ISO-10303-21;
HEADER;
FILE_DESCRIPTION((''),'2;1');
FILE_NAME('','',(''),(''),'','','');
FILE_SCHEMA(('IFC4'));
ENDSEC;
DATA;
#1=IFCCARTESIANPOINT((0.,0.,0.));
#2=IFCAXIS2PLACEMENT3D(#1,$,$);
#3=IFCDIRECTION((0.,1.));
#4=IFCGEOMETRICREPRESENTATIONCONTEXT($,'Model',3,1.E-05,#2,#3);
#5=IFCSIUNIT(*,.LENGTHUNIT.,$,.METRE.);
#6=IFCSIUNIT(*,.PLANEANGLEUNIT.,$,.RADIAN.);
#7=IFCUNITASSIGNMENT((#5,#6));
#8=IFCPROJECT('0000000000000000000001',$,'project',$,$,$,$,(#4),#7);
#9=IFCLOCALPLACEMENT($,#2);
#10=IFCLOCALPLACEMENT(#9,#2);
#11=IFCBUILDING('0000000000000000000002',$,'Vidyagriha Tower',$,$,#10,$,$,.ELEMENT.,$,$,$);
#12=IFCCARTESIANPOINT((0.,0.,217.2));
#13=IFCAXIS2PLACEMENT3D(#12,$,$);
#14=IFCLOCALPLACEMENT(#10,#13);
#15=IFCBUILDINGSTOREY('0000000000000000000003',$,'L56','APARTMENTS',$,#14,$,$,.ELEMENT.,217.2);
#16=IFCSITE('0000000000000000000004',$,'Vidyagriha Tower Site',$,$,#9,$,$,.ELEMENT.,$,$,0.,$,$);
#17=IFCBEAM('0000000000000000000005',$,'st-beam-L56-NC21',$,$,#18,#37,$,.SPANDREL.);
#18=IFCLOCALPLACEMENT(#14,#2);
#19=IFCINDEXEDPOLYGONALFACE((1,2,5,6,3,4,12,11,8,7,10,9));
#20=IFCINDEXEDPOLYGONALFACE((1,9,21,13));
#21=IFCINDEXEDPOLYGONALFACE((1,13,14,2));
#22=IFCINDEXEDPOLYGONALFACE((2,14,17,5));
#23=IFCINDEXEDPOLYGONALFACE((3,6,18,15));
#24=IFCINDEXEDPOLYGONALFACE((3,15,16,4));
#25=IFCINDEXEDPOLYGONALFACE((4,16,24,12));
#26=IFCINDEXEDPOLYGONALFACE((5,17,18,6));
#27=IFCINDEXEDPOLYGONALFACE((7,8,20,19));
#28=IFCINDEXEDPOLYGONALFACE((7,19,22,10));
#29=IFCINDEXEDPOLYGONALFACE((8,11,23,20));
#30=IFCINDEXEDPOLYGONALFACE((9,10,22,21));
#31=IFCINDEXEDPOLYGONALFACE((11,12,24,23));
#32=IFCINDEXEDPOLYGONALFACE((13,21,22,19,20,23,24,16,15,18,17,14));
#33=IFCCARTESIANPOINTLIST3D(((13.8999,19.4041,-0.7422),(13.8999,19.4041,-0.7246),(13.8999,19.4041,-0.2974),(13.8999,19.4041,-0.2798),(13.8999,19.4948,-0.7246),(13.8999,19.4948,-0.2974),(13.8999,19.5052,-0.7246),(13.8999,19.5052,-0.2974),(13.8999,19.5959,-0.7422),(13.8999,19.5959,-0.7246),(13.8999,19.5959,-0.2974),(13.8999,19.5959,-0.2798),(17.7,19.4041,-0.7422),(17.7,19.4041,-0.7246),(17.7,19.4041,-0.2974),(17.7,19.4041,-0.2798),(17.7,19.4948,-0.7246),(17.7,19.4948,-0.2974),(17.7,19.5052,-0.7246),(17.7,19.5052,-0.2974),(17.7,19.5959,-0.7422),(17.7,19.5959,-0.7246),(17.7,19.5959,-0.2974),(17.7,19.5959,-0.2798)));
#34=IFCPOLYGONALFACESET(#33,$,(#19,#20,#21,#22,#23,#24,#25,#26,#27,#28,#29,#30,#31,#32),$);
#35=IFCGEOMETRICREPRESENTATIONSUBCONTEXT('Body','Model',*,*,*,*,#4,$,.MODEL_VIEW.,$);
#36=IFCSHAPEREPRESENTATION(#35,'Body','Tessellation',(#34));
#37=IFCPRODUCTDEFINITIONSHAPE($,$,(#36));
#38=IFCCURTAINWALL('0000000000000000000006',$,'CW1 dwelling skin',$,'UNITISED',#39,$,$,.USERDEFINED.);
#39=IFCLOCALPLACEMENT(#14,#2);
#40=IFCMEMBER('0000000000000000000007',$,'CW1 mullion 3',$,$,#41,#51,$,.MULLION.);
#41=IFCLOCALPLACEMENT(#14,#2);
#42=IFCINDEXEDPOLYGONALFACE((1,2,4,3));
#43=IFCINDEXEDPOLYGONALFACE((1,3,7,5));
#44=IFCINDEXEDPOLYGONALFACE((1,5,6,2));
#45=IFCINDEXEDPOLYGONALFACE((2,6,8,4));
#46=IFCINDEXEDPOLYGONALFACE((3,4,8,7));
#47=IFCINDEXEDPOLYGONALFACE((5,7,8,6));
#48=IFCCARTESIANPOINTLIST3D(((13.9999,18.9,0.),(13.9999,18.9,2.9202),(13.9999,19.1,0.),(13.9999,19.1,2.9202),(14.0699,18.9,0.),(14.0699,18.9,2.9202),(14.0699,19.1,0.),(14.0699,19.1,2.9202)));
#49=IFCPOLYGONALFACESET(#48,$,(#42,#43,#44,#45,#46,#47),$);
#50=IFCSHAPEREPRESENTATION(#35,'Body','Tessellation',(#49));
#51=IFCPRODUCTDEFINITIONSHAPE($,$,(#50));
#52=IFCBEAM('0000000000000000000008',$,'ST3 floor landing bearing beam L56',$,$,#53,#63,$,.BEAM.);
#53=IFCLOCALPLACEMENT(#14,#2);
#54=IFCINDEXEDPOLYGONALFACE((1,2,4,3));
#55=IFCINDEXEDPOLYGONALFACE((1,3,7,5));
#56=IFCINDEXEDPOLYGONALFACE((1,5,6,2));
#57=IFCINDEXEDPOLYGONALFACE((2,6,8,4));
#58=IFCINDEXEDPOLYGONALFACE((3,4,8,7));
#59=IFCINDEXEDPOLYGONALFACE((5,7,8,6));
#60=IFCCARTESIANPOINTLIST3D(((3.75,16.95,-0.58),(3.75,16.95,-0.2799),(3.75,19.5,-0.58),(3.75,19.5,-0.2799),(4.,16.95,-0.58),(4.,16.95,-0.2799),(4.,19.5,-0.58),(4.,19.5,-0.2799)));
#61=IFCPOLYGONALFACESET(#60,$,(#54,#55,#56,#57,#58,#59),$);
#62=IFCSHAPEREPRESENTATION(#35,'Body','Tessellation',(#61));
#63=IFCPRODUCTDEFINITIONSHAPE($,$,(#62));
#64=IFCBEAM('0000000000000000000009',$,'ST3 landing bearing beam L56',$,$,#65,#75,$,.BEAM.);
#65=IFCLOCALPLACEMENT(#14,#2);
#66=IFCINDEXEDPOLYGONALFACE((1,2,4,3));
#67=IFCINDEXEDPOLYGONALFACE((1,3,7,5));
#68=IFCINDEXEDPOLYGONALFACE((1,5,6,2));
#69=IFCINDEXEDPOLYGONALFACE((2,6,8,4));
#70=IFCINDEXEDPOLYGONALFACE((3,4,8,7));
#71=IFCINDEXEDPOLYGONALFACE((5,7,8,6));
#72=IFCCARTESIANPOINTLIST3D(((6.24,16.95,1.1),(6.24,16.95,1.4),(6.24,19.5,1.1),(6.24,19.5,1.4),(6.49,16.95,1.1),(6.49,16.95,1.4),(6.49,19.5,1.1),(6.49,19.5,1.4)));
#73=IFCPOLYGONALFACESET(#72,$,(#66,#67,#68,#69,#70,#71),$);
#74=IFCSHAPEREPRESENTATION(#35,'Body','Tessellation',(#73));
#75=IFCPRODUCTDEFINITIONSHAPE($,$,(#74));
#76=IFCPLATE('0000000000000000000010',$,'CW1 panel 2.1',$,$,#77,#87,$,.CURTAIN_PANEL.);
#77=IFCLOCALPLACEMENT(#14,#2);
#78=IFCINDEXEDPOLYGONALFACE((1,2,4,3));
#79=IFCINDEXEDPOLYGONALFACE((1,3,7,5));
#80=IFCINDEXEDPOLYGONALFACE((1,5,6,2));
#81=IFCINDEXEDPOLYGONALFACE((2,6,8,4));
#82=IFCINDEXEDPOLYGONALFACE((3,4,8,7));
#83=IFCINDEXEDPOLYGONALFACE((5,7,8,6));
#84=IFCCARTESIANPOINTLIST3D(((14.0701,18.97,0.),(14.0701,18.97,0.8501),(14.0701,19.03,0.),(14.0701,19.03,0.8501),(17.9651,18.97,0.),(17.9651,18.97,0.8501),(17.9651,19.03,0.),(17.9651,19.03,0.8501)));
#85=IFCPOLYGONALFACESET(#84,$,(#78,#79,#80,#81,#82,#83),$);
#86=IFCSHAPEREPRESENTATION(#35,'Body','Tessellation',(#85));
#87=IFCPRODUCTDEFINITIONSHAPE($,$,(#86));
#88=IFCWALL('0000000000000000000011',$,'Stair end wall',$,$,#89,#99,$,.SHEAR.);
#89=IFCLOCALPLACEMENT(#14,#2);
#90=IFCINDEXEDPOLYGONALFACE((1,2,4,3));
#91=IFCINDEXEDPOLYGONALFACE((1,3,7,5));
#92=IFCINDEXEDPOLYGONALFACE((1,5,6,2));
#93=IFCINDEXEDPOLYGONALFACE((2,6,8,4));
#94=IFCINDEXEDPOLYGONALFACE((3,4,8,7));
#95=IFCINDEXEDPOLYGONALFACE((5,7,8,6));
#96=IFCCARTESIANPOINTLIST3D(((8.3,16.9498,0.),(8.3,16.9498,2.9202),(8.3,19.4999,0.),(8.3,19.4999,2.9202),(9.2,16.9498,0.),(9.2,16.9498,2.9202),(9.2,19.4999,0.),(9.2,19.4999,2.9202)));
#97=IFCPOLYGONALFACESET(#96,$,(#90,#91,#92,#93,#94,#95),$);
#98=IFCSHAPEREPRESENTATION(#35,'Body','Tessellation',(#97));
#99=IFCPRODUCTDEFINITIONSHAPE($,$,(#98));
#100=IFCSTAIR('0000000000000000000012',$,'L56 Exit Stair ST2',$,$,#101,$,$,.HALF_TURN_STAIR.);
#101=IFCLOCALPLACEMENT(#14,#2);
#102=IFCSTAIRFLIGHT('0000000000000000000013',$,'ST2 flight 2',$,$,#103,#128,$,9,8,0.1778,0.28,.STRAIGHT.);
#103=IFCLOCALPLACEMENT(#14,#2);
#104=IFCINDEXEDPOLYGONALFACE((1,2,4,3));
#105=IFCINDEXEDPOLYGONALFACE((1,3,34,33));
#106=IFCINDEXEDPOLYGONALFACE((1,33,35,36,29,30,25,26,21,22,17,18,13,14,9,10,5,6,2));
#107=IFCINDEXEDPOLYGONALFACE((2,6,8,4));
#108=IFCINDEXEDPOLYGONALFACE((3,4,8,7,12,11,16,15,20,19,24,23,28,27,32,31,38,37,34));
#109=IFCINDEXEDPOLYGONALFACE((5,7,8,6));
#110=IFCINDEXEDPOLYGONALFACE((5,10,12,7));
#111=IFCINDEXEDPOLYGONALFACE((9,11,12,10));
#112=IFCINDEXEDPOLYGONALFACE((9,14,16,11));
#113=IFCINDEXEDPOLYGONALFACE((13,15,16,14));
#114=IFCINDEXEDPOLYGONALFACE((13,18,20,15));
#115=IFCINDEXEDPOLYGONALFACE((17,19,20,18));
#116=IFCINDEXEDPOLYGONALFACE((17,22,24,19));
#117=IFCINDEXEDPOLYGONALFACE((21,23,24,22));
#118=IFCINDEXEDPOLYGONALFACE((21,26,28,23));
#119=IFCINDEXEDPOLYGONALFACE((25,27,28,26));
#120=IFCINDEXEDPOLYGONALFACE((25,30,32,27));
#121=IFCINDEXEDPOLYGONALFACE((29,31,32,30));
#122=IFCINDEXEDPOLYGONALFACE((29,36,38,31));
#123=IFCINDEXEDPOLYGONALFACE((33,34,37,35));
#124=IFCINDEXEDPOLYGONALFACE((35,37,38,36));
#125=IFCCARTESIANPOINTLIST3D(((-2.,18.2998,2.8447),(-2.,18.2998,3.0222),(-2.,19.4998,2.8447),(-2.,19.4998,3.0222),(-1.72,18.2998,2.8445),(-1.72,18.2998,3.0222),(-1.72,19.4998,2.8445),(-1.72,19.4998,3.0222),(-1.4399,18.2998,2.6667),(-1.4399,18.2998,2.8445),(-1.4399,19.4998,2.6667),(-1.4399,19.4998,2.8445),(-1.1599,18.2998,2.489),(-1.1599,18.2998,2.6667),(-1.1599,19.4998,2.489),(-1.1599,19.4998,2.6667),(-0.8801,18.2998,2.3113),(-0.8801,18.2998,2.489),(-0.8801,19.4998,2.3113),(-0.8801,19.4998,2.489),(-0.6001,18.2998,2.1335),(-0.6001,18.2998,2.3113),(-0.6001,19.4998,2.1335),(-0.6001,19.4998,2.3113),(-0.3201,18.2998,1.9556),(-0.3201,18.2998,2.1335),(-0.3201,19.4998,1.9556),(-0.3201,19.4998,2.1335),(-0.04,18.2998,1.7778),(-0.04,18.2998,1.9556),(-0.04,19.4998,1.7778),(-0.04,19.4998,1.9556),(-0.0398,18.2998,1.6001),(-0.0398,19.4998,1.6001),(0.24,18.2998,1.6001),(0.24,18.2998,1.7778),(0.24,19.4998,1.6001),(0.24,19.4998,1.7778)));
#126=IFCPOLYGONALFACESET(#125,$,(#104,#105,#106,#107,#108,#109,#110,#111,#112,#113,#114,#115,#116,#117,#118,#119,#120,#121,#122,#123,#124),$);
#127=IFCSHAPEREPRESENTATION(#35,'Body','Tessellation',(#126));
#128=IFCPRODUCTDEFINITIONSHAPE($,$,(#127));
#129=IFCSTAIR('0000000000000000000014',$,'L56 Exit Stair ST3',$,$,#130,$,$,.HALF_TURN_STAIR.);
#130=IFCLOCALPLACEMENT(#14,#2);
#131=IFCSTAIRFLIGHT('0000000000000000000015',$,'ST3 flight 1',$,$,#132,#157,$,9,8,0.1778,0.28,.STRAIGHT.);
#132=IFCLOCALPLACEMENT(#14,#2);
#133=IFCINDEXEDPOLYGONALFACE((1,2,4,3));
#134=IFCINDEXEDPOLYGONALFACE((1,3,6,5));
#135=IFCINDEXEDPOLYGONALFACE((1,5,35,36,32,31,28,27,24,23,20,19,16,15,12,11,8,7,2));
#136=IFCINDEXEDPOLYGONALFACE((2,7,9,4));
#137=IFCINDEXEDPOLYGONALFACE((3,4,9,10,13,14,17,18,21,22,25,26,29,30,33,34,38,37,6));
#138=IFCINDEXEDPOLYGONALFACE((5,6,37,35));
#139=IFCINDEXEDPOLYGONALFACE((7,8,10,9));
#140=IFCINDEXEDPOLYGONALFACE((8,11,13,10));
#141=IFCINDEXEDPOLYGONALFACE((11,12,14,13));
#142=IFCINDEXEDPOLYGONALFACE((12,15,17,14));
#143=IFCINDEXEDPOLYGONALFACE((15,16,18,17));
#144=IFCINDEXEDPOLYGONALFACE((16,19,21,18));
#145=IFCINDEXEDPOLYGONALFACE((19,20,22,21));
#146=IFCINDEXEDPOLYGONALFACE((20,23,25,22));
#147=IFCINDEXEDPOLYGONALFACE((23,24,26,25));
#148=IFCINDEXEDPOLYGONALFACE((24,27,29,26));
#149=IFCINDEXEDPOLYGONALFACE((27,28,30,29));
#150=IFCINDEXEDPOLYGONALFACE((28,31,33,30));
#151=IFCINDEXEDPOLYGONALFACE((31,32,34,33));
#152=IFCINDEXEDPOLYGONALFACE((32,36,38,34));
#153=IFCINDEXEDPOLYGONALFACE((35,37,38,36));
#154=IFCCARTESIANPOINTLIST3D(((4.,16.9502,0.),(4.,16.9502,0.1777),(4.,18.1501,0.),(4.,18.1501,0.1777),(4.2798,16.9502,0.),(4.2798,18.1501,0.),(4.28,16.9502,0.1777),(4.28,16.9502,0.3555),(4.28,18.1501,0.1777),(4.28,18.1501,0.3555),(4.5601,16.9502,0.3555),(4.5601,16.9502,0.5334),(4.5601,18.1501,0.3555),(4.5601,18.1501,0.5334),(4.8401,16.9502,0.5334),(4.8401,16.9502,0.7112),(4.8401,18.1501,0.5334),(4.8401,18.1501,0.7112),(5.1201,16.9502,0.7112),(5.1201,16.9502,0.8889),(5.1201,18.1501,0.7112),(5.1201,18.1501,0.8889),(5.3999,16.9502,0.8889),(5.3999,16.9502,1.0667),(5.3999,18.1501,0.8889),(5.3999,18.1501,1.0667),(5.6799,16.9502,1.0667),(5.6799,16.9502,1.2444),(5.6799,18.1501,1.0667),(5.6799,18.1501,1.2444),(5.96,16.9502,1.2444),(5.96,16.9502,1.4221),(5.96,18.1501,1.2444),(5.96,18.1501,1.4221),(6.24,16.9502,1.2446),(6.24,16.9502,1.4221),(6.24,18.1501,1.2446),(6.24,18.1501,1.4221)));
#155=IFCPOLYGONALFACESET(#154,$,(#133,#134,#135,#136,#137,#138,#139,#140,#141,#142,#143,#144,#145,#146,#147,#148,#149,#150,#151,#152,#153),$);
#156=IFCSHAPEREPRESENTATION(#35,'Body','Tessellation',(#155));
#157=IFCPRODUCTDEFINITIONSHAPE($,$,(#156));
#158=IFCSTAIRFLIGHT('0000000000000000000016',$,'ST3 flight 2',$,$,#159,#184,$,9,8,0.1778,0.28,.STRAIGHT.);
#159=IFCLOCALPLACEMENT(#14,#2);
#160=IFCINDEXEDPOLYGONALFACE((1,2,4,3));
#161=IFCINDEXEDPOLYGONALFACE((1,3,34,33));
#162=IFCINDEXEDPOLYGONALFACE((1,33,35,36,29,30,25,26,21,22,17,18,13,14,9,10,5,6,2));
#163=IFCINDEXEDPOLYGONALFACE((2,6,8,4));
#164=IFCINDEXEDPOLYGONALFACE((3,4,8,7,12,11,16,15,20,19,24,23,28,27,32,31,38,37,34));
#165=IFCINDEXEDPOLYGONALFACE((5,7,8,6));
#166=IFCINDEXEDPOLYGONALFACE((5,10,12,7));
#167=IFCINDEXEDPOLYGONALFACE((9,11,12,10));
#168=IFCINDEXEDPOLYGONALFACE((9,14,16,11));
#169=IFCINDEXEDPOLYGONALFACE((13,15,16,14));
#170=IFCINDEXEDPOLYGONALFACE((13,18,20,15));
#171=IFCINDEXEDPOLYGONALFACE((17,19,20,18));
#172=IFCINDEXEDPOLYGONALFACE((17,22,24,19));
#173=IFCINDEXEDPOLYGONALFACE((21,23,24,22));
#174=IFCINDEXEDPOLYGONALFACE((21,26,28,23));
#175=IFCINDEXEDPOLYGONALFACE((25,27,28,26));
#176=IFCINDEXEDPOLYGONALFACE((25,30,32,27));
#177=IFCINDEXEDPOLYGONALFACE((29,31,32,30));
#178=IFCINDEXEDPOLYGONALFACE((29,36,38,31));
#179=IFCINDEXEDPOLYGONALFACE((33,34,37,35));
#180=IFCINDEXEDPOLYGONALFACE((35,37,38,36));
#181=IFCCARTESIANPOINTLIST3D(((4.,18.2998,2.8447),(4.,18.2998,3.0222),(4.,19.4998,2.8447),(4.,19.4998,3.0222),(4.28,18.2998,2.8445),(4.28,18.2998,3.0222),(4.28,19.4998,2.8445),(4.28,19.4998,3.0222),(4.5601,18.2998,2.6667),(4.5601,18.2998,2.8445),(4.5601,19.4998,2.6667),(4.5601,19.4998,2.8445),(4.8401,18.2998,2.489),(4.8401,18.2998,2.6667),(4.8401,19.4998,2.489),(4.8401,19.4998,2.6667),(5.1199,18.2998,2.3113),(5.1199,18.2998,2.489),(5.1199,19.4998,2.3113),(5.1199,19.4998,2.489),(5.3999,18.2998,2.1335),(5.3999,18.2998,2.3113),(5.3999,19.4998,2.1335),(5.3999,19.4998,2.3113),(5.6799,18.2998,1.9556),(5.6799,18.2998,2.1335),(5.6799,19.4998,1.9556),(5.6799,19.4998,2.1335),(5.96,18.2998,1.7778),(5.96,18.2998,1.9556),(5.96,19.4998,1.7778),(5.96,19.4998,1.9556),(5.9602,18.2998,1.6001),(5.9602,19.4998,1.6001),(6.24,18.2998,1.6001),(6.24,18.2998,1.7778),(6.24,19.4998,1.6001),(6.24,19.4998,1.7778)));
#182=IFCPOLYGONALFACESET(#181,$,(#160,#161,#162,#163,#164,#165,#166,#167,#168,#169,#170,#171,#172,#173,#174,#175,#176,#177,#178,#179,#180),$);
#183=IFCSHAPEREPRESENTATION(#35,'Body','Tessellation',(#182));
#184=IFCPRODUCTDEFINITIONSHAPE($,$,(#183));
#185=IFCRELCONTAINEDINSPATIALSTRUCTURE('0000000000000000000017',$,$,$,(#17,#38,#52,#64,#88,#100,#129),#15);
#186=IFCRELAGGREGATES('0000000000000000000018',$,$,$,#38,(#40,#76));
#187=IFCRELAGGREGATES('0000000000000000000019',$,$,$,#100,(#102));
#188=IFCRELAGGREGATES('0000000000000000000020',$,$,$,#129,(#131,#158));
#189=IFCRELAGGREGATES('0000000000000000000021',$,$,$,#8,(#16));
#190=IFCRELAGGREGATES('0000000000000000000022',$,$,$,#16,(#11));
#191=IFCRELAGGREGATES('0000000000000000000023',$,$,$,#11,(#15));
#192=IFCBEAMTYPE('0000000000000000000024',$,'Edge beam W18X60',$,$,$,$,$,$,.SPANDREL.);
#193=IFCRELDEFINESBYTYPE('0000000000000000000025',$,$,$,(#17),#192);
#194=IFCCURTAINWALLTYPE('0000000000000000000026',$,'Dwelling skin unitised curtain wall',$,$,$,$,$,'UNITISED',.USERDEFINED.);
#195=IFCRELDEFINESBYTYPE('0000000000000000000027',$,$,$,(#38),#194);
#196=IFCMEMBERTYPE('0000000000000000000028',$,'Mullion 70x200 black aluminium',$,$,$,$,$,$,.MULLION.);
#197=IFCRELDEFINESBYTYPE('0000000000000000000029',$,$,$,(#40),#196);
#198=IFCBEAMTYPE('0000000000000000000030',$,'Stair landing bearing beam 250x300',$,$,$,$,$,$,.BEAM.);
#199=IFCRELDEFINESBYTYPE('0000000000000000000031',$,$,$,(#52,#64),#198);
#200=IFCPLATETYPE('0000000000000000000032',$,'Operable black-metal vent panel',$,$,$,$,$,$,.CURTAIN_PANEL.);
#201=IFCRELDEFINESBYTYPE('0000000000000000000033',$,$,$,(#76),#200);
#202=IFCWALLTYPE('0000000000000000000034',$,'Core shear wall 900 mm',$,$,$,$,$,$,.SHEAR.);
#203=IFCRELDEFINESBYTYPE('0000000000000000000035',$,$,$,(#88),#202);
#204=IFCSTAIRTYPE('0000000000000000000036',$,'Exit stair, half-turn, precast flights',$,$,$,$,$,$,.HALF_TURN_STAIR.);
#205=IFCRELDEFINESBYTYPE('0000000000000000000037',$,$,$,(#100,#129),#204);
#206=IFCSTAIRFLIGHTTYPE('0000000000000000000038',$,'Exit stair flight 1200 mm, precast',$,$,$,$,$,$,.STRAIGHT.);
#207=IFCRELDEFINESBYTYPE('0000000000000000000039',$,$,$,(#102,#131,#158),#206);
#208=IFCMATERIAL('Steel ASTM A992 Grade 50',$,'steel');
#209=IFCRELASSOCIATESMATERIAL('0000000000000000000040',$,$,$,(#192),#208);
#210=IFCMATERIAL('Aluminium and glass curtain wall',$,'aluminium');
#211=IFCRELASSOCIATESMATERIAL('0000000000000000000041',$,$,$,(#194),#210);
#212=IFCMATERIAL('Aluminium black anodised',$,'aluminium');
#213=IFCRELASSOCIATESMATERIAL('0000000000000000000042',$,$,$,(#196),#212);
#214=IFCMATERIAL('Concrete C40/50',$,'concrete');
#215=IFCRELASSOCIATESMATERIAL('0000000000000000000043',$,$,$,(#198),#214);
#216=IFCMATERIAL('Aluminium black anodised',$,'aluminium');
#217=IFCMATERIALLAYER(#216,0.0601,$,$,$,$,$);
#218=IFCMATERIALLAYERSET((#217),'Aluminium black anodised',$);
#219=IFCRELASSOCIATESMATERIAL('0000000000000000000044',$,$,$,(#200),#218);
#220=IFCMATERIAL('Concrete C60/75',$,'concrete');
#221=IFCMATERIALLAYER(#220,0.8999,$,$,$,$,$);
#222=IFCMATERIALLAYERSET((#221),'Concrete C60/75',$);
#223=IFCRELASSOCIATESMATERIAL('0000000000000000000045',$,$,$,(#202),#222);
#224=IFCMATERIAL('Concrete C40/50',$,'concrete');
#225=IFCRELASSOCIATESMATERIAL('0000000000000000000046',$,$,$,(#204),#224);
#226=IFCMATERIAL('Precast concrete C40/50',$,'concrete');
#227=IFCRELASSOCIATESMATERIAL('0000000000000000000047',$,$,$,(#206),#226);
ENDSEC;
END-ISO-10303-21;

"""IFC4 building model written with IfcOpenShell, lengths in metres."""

from ifc_helpers import new_model, si_unit, direction, frame, frame_2d, origin, origin_2d, place, context, subcontext, project, spatial, polyline, rectangle, i_section, outline, extrude, material, layer, layer_set, material_profile, profile_set, type_object, element, aggregate, save


model = new_model("IFC4")

# Units and contexts
model_context = context("Model", 3, precision=1e-05, world=origin(), true_north=direction((0.0, 1.0)))
body_context = subcontext(model_context, "Body", "Model", "MODEL_VIEW")
ifc_project = project(units=[si_unit("LENGTHUNIT", "METRE"), si_unit("PLANEANGLEUNIT", "RADIAN")], contexts=[model_context])

# Site, building, storey
site_placement = place(None, origin())
site = spatial("IfcSite", under=ifc_project, at=site_placement, Name="Vidyagriha Tower Site", CompositionType="ELEMENT", RefElevation=0.0)
building_placement = place(site_placement, origin())
building = spatial("IfcBuilding", under=site, at=building_placement, Name="Vidyagriha Tower", CompositionType="ELEMENT")
storey_placement = place(building_placement, frame((0.0, 0.0, 217.2)))
storey = spatial("IfcBuildingStorey", under=building, at=storey_placement, Name="L56", Description="APARTMENTS", CompositionType="ELEMENT", Elevation=217.2)

# Beam
ifc_material_1 = material(Name="Steel ASTM A992 Grade 50", Category="steel")
ifc_material_profile_1 = material_profile(ifc_material_1, i_section(OverallWidth=0.1919, OverallDepth=0.4624, WebThickness=0.0105, FlangeThickness=0.0176, at=origin_2d()), Name="W18X60")
ifc_profile_set_1 = profile_set([ifc_material_profile_1], Name="Steel ASTM A992 Grade 50")
beam_type_1 = type_object("IfcBeamType", Name="Edge beam W18X60", PredefinedType="SPANDREL", material=ifc_profile_set_1)
beam_placement = place(storey_placement, frame((13.8999, 19.5, -0.511), z_axis=(1.0, 0.0, 0.0), x_axis=(0.0, 1.0, 0.0)))
element("IfcBeam", 1, at=beam_placement, inside=storey, type_object=beam_type_1, Name="st-beam-L56-NC21", PredefinedType="SPANDREL", context=body_context, shape_type="SweptSolid", body=[
    extrude(i_section(OverallWidth=0.1919, OverallDepth=0.4624, WebThickness=0.0105, FlangeThickness=0.0176, at=origin_2d()), origin(), (0.0, 0.0, 1.0), 3.8),
])

# Curtain wall, member
ifc_material_2 = material(Name="Aluminium and glass curtain wall", Category="aluminium")
curtain_wall_type = type_object("IfcCurtainWallType", Name="Dwelling skin unitised curtain wall", ElementType="UNITISED", PredefinedType="USERDEFINED", material=ifc_material_2)
curtain_wall_placement = place(storey_placement, origin())
curtain_wall = element("IfcCurtainWall", 2, at=curtain_wall_placement, inside=storey, type_object=curtain_wall_type, Name="CW1 dwelling skin", ObjectType="UNITISED", PredefinedType="USERDEFINED")
ifc_material_3 = material(Name="Aluminium black anodised", Category="aluminium")
ifc_material_profile_2 = material_profile(ifc_material_3, rectangle(XDim=0.2, YDim=0.0701, at=origin_2d()), Name="Mullion 70x200 black aluminium")
ifc_profile_set_2 = profile_set([ifc_material_profile_2], Name="Aluminium black anodised")
member_type = type_object("IfcMemberType", Name="Mullion 70x200 black aluminium", PredefinedType="MULLION", material=ifc_profile_set_2)
member_placement = place(storey_placement, frame((14.0349, 19.0, 0.0), z_axis=(0.0, 0.0, 1.0), x_axis=(0.0, -1.0, 0.0)))
member = element("IfcMember", 3, at=member_placement, type_object=member_type, Name="CW1 mullion 3", PredefinedType="MULLION", context=body_context, shape_type="SweptSolid", body=[
    extrude(rectangle(XDim=0.2, YDim=0.0701, at=origin_2d()), origin(), (0.0, 0.0, 1.0), 2.9202),
])

# Beams
ifc_material_4 = material(Name="Concrete C40/50", Category="concrete")
ifc_material_profile_3 = material_profile(ifc_material_4, rectangle(XDim=0.25, YDim=0.3, at=origin_2d()), Name="Stair landing bearing beam 250x300")
ifc_profile_set_3 = profile_set([ifc_material_profile_3], Name="Concrete C40/50")
beam_type_2 = type_object("IfcBeamType", Name="Stair landing bearing beam 250x300", PredefinedType="BEAM", material=ifc_profile_set_3)
for number, where, z_axis, x_axis, name in (
    (4, (3.875, 16.95, -0.4299), (0.0, 1.0, 0.0), (-1.0, 0.0, 0.0), "ST3 floor landing bearing beam L56"),
    (5, (6.365, 16.95, 1.25), (0.0, 1.0, 0.0), (-1.0, 0.0, 0.0), "ST3 landing bearing beam L56"),
):
    element("IfcBeam", number, at=place(storey_placement, frame(where, z_axis=z_axis, x_axis=x_axis)), inside=storey, type_object=beam_type_2, Name=name, PredefinedType="BEAM", context=body_context, shape_type="SweptSolid", body=[
        extrude(rectangle(XDim=0.25, YDim=0.3, at=origin_2d()), origin(), (0.0, 0.0, 1.0), 2.55),
    ])

# Plate
ifc_material_5 = material(Name="Aluminium black anodised", Category="aluminium")
ifc_layer_1 = layer(ifc_material_5, 0.0601)
ifc_layer_set_1 = layer_set([ifc_layer_1], Name="Aluminium black anodised")
plate_type = type_object("IfcPlateType", Name="Operable black-metal vent panel", PredefinedType="CURTAIN_PANEL", material=ifc_layer_set_1)
plate_placement = place(storey_placement, frame((16.0176, 19.0, 0.0), z_axis=(0.0, 0.0, 1.0), x_axis=(-1.0, 0.0, 0.0)))
plate = element("IfcPlate", 6, at=plate_placement, type_object=plate_type, Name="CW1 panel 2.1", PredefinedType="CURTAIN_PANEL", context=body_context, shape_type="SweptSolid", body=[
    extrude(rectangle(XDim=3.895, YDim=0.0601, at=origin_2d()), origin(), (0.0, 0.0, 1.0), 0.8501),
])
aggregate(curtain_wall, [member, plate])

# Wall
ifc_material_6 = material(Name="Concrete C60/75", Category="concrete")
ifc_layer_2 = layer(ifc_material_6, 0.8999)
ifc_layer_set_2 = layer_set([ifc_layer_2], Name="Concrete C60/75")
wall_type = type_object("IfcWallType", Name="Core shear wall 900 mm", PredefinedType="SHEAR", material=ifc_layer_set_2)
wall_placement = place(storey_placement, frame((8.75, 16.95, 0.0), z_axis=(0.0, 0.0, 1.0), x_axis=(0.0, 1.0, 0.0)))
element("IfcWall", 7, at=wall_placement, inside=storey, type_object=wall_type, Name="Stair end wall", PredefinedType="SHEAR", context=body_context, shape_type="SweptSolid", body=[
    extrude(rectangle(XDim=2.55, YDim=0.8999, at=frame_2d((1.2749, 0.0))), origin(), (0.0, 0.0, 1.0), 2.9202),
])

# Stair, stair flight
ifc_material_7 = material(Name="Concrete C40/50", Category="concrete")
stair_type = type_object("IfcStairType", Name="Exit stair, half-turn, precast flights", PredefinedType="HALF_TURN_STAIR", material=ifc_material_7)
stair_1_placement = place(storey_placement, origin())
stair_1 = element("IfcStair", 8, at=stair_1_placement, inside=storey, type_object=stair_type, Name="L56 Exit Stair ST2", PredefinedType="HALF_TURN_STAIR")
ifc_material_8 = material(Name="Precast concrete C40/50", Category="concrete")
stair_flight_type = type_object("IfcStairFlightType", Name="Exit stair flight 1200 mm, precast", PredefinedType="STRAIGHT", material=ifc_material_8)
stair_flight_1_placement = place(storey_placement, frame((0.24, 18.8999, 1.6001), z_axis=(0.0, 0.0, 1.0), x_axis=(-1.0, 0.0, 0.0)))
stair_flight_1 = element("IfcStairFlight", 9, at=stair_flight_1_placement, type_object=stair_flight_type, Name="ST2 flight 2", NumberOfRisers=9, NumberOfTreads=8, PredefinedType="STRAIGHT", RiserHeight=0.1778, TreadLength=0.28, context=body_context, shape_type="SweptSolid", body=[
    extrude(outline(polyline([(0.0, 0.0), (0.0, 0.1777), (0.28, 0.1777), (0.28, 0.3555), (0.5601, 0.3555), (0.5601, 0.5334), (0.8401, 0.5334), (0.8401, 0.7112), (1.1201, 0.7112), (1.1201, 0.8889), (1.3999, 0.8889), (1.3999, 1.0667), (1.6799, 1.0667), (1.6799, 1.2444), (1.96, 1.2444), (1.96, 1.4221), (2.24, 1.4221), (2.24, 1.6001), (2.24, 1.2446), (0.2798, 0.0), (0.0, 0.0)])), frame((0.0, 0.6001, 0.0), z_axis=(0.0, -1.0, 0.0), x_axis=(1.0, 0.0, 0.0)), (0.0, 0.0, 1.0), 1.2),
])
aggregate(stair_1, [stair_flight_1])

# Stair, stair flights
stair_2_placement = place(storey_placement, origin())
stair_2 = element("IfcStair", 10, at=stair_2_placement, inside=storey, type_object=stair_type, Name="L56 Exit Stair ST3", PredefinedType="HALF_TURN_STAIR")
stair_flight_2_placement = place(storey_placement, frame((4.0, 17.55, 0.0)))
stair_flight_2 = element("IfcStairFlight", 11, at=stair_flight_2_placement, type_object=stair_flight_type, Name="ST3 flight 1", NumberOfRisers=9, NumberOfTreads=8, PredefinedType="STRAIGHT", RiserHeight=0.1778, TreadLength=0.28, context=body_context, shape_type="SweptSolid", body=[
    extrude(outline(polyline([(0.0, 0.0), (0.0, 0.1777), (0.28, 0.1777), (0.28, 0.3555), (0.5601, 0.3555), (0.5601, 0.5334), (0.8401, 0.5334), (0.8401, 0.7112), (1.1201, 0.7112), (1.1201, 0.8889), (1.3999, 0.8889), (1.3999, 1.0667), (1.6799, 1.0667), (1.6799, 1.2444), (1.96, 1.2444), (1.96, 1.4221), (2.24, 1.4221), (2.24, 1.6001), (2.24, 1.2446), (0.2798, 0.0), (0.0, 0.0)])), frame((0.0, 0.6001, 0.0), z_axis=(0.0, -1.0, 0.0), x_axis=(1.0, 0.0, 0.0)), (0.0, 0.0, 1.0), 1.2),
])
stair_flight_3_placement = place(storey_placement, frame((6.24, 18.8999, 1.6001), z_axis=(0.0, 0.0, 1.0), x_axis=(-1.0, 0.0, 0.0)))
stair_flight_3 = element("IfcStairFlight", 12, at=stair_flight_3_placement, type_object=stair_flight_type, Name="ST3 flight 2", NumberOfRisers=9, NumberOfTreads=8, PredefinedType="STRAIGHT", RiserHeight=0.1778, TreadLength=0.28, context=body_context, shape_type="SweptSolid", body=[
    extrude(outline(polyline([(0.0, 0.0), (0.0, 0.1777), (0.28, 0.1777), (0.28, 0.3555), (0.5601, 0.3555), (0.5601, 0.5334), (0.8401, 0.5334), (0.8401, 0.7112), (1.1201, 0.7112), (1.1201, 0.8889), (1.3999, 0.8889), (1.3999, 1.0667), (1.6799, 1.0667), (1.6799, 1.2444), (1.96, 1.2444), (1.96, 1.4221), (2.24, 1.4221), (2.24, 1.6001), (2.24, 1.2446), (0.2798, 0.0), (0.0, 0.0)])), frame((0.0, 0.6001, 0.0), z_axis=(0.0, -1.0, 0.0), x_axis=(1.0, 0.0, 0.0)), (0.0, 0.0, 1.0), 1.2),
])
aggregate(stair_2, [stair_flight_2, stair_flight_3])

save(model, "model.ifc")
